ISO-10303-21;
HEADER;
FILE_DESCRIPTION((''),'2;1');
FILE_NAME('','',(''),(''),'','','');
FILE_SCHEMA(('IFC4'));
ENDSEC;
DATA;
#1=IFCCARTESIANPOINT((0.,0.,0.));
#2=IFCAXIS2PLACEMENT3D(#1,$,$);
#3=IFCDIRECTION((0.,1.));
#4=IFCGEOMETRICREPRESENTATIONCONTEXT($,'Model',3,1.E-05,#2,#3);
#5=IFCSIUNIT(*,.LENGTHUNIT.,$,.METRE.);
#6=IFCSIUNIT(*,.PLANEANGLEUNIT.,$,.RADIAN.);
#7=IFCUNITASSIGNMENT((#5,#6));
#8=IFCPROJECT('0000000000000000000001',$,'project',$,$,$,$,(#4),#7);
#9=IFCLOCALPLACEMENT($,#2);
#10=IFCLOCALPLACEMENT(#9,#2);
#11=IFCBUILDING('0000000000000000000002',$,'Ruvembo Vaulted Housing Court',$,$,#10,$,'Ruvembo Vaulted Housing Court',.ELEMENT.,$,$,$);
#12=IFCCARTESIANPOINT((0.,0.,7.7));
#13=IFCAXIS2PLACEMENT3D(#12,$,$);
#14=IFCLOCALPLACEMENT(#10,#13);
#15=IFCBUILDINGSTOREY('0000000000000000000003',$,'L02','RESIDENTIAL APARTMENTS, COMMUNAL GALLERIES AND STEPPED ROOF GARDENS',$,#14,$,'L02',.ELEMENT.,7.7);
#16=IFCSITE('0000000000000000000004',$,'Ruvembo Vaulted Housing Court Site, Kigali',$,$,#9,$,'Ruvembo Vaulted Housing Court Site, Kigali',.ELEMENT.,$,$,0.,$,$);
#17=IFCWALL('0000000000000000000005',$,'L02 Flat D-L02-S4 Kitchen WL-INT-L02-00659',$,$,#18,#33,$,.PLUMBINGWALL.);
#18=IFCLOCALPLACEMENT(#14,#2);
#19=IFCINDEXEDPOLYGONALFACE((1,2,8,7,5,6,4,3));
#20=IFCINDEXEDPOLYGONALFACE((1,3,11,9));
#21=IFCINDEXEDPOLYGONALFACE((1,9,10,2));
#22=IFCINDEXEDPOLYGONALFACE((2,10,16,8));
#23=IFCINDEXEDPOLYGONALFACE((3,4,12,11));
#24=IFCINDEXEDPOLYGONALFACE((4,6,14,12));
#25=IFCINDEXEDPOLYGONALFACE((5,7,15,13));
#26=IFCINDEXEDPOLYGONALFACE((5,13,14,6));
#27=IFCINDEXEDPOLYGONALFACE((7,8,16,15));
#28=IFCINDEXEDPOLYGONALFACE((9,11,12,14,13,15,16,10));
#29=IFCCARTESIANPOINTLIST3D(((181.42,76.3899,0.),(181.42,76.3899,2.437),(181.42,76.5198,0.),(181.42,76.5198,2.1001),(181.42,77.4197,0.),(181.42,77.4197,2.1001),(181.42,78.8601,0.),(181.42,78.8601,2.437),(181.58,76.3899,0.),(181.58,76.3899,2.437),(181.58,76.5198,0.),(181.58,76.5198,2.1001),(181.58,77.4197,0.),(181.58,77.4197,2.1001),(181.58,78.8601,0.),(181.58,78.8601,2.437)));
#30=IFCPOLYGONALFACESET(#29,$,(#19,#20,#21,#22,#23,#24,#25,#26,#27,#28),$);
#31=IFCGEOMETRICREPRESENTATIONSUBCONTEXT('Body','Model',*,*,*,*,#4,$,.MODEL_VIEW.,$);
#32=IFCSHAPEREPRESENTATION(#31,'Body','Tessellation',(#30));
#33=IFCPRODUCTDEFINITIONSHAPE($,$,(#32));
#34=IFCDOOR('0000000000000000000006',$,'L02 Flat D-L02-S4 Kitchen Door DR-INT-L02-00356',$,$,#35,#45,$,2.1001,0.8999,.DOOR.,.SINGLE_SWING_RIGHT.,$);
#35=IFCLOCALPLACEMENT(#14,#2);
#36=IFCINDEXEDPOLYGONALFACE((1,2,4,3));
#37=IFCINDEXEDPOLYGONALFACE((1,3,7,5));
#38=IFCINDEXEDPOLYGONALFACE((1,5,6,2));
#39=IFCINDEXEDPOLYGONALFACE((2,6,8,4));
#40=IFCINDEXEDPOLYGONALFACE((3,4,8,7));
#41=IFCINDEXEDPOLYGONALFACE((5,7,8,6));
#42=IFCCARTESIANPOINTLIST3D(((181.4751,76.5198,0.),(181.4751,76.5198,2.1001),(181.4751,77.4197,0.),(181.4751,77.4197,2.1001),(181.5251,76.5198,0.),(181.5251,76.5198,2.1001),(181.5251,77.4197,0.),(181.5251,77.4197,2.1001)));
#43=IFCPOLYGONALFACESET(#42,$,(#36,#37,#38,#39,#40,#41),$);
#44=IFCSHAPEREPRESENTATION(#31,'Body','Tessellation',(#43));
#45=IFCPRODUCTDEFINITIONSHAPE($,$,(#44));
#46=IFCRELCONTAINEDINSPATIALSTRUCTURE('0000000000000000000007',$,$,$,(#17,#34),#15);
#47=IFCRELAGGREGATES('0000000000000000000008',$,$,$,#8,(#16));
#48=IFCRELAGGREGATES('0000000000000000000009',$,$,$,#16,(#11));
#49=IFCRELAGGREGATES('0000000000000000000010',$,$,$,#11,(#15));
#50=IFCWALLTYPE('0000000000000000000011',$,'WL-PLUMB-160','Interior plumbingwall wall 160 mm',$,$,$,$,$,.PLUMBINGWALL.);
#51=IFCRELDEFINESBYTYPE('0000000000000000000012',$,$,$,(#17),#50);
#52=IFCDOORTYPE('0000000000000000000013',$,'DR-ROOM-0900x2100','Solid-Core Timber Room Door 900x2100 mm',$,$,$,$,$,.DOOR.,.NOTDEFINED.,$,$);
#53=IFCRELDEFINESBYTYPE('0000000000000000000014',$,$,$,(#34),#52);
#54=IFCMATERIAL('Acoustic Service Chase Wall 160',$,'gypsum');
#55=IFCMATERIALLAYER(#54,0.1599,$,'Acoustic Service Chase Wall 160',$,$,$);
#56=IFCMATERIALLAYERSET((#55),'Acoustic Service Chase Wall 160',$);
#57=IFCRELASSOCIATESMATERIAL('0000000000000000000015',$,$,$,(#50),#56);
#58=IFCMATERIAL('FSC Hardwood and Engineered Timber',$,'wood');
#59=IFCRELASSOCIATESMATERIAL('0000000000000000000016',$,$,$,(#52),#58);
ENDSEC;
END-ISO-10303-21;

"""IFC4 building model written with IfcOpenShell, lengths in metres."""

from ifc_helpers import new_model, si_unit, direction, frame, frame_2d, origin, place, context, subcontext, project, spatial, rectangle, extrude, material, layer, layer_set, type_object, element, fill, save


model = new_model("IFC4")

# Units and contexts
model_context = context("Model", 3, precision=1e-05, world=origin(), true_north=direction((0.0, 1.0)))
body_context = subcontext(model_context, "Body", "Model", "MODEL_VIEW")
ifc_project = project(units=[si_unit("LENGTHUNIT", "METRE"), si_unit("PLANEANGLEUNIT", "RADIAN")], contexts=[model_context])

# Site, building, storey
site_placement = place(None, origin())
site = spatial("IfcSite", under=ifc_project, at=site_placement, Name="Ruvembo Vaulted Housing Court Site, Kigali", LongName="Ruvembo Vaulted Housing Court Site, Kigali", CompositionType="ELEMENT", RefElevation=0.0)
building_placement = place(site_placement, origin())
building = spatial("IfcBuilding", under=site, at=building_placement, Name="Ruvembo Vaulted Housing Court", LongName="Ruvembo Vaulted Housing Court", CompositionType="ELEMENT")
storey_placement = place(building_placement, frame((0.0, 0.0, 7.7)))
storey = spatial("IfcBuildingStorey", under=building, at=storey_placement, Name="L02", Description="RESIDENTIAL APARTMENTS, COMMUNAL GALLERIES AND STEPPED ROOF GARDENS", LongName="L02", CompositionType="ELEMENT", Elevation=7.7)

# Shared definitions
ifc_material_1 = material(Name="FSC Hardwood and Engineered Timber", Category="wood")

# Wall, opening, door
ifc_material_2 = material(Name="Acoustic Service Chase Wall 160", Category="gypsum")
ifc_layer_1 = layer(ifc_material_2, 0.1599, Name="Acoustic Service Chase Wall 160")
ifc_layer_set_1 = layer_set([ifc_layer_1], Name="Acoustic Service Chase Wall 160")
wall_type_1 = type_object("IfcWallType", Name="WL-PLUMB-160", Description="Interior plumbingwall wall 160 mm", PredefinedType="PLUMBINGWALL", material=ifc_layer_set_1)
door_type_1 = type_object("IfcDoorType", Name="DR-ROOM-0900x2100", Description="Solid-Core Timber Room Door 900x2100 mm", OperationType="NOTDEFINED", PredefinedType="DOOR", material=ifc_material_1)
wall_1_placement = place(storey_placement, frame((181.5, 76.3899, 0.0), z_axis=(0.0, 0.0, 1.0), x_axis=(0.0, 1.0, 0.0)))
wall_1 = element("IfcWall", 1, at=wall_1_placement, inside=storey, type_object=wall_type_1, Name="L02 Flat D-L02-S4 Kitchen WL-INT-L02-00659", PredefinedType="PLUMBINGWALL", context=body_context, shape_type="SweptSolid", body=[
    extrude(rectangle(XDim=2.4702, YDim=0.1599, at=frame_2d((1.2351, 0.0))), origin(), (0.0, 0.0, 1.0), 2.437),
])
opening_1_placement = place(wall_1_placement, frame((0.1299, 0.0, 0.0)))
opening_1 = element("IfcOpeningElement", 2, at=opening_1_placement, cuts=wall_1, PredefinedType="OPENING", context=body_context, shape_type="SweptSolid", body=[
    extrude(rectangle(XDim=0.8999, YDim=2.1001, at=frame_2d((0.45, 1.05))), frame((0.0, 0.0898, 0.0), z_axis=(0.0, -1.0, 0.0), x_axis=(1.0, 0.0, 0.0)), (0.0, 0.0, 1.0), 0.1799),
])
door_1_placement = place(opening_1_placement, origin())
door_1 = element("IfcDoor", 3, at=door_1_placement, inside=storey, type_object=door_type_1, Name="L02 Flat D-L02-S4 Kitchen Door DR-INT-L02-00356", OperationType="SINGLE_SWING_RIGHT", OverallHeight=2.1001, OverallWidth=0.8999, PredefinedType="DOOR", context=body_context, shape_type="SweptSolid", body=[
    extrude(rectangle(XDim=0.8999, YDim=2.1001, at=frame_2d((0.45, 1.05))), frame((0.0, 0.0249, 0.0), z_axis=(0.0, -1.0, 0.0), x_axis=(1.0, 0.0, 0.0)), (0.0, 0.0, 1.0), 0.05),
])
fill(opening_1, door_1)

save(model, "model.ifc")
